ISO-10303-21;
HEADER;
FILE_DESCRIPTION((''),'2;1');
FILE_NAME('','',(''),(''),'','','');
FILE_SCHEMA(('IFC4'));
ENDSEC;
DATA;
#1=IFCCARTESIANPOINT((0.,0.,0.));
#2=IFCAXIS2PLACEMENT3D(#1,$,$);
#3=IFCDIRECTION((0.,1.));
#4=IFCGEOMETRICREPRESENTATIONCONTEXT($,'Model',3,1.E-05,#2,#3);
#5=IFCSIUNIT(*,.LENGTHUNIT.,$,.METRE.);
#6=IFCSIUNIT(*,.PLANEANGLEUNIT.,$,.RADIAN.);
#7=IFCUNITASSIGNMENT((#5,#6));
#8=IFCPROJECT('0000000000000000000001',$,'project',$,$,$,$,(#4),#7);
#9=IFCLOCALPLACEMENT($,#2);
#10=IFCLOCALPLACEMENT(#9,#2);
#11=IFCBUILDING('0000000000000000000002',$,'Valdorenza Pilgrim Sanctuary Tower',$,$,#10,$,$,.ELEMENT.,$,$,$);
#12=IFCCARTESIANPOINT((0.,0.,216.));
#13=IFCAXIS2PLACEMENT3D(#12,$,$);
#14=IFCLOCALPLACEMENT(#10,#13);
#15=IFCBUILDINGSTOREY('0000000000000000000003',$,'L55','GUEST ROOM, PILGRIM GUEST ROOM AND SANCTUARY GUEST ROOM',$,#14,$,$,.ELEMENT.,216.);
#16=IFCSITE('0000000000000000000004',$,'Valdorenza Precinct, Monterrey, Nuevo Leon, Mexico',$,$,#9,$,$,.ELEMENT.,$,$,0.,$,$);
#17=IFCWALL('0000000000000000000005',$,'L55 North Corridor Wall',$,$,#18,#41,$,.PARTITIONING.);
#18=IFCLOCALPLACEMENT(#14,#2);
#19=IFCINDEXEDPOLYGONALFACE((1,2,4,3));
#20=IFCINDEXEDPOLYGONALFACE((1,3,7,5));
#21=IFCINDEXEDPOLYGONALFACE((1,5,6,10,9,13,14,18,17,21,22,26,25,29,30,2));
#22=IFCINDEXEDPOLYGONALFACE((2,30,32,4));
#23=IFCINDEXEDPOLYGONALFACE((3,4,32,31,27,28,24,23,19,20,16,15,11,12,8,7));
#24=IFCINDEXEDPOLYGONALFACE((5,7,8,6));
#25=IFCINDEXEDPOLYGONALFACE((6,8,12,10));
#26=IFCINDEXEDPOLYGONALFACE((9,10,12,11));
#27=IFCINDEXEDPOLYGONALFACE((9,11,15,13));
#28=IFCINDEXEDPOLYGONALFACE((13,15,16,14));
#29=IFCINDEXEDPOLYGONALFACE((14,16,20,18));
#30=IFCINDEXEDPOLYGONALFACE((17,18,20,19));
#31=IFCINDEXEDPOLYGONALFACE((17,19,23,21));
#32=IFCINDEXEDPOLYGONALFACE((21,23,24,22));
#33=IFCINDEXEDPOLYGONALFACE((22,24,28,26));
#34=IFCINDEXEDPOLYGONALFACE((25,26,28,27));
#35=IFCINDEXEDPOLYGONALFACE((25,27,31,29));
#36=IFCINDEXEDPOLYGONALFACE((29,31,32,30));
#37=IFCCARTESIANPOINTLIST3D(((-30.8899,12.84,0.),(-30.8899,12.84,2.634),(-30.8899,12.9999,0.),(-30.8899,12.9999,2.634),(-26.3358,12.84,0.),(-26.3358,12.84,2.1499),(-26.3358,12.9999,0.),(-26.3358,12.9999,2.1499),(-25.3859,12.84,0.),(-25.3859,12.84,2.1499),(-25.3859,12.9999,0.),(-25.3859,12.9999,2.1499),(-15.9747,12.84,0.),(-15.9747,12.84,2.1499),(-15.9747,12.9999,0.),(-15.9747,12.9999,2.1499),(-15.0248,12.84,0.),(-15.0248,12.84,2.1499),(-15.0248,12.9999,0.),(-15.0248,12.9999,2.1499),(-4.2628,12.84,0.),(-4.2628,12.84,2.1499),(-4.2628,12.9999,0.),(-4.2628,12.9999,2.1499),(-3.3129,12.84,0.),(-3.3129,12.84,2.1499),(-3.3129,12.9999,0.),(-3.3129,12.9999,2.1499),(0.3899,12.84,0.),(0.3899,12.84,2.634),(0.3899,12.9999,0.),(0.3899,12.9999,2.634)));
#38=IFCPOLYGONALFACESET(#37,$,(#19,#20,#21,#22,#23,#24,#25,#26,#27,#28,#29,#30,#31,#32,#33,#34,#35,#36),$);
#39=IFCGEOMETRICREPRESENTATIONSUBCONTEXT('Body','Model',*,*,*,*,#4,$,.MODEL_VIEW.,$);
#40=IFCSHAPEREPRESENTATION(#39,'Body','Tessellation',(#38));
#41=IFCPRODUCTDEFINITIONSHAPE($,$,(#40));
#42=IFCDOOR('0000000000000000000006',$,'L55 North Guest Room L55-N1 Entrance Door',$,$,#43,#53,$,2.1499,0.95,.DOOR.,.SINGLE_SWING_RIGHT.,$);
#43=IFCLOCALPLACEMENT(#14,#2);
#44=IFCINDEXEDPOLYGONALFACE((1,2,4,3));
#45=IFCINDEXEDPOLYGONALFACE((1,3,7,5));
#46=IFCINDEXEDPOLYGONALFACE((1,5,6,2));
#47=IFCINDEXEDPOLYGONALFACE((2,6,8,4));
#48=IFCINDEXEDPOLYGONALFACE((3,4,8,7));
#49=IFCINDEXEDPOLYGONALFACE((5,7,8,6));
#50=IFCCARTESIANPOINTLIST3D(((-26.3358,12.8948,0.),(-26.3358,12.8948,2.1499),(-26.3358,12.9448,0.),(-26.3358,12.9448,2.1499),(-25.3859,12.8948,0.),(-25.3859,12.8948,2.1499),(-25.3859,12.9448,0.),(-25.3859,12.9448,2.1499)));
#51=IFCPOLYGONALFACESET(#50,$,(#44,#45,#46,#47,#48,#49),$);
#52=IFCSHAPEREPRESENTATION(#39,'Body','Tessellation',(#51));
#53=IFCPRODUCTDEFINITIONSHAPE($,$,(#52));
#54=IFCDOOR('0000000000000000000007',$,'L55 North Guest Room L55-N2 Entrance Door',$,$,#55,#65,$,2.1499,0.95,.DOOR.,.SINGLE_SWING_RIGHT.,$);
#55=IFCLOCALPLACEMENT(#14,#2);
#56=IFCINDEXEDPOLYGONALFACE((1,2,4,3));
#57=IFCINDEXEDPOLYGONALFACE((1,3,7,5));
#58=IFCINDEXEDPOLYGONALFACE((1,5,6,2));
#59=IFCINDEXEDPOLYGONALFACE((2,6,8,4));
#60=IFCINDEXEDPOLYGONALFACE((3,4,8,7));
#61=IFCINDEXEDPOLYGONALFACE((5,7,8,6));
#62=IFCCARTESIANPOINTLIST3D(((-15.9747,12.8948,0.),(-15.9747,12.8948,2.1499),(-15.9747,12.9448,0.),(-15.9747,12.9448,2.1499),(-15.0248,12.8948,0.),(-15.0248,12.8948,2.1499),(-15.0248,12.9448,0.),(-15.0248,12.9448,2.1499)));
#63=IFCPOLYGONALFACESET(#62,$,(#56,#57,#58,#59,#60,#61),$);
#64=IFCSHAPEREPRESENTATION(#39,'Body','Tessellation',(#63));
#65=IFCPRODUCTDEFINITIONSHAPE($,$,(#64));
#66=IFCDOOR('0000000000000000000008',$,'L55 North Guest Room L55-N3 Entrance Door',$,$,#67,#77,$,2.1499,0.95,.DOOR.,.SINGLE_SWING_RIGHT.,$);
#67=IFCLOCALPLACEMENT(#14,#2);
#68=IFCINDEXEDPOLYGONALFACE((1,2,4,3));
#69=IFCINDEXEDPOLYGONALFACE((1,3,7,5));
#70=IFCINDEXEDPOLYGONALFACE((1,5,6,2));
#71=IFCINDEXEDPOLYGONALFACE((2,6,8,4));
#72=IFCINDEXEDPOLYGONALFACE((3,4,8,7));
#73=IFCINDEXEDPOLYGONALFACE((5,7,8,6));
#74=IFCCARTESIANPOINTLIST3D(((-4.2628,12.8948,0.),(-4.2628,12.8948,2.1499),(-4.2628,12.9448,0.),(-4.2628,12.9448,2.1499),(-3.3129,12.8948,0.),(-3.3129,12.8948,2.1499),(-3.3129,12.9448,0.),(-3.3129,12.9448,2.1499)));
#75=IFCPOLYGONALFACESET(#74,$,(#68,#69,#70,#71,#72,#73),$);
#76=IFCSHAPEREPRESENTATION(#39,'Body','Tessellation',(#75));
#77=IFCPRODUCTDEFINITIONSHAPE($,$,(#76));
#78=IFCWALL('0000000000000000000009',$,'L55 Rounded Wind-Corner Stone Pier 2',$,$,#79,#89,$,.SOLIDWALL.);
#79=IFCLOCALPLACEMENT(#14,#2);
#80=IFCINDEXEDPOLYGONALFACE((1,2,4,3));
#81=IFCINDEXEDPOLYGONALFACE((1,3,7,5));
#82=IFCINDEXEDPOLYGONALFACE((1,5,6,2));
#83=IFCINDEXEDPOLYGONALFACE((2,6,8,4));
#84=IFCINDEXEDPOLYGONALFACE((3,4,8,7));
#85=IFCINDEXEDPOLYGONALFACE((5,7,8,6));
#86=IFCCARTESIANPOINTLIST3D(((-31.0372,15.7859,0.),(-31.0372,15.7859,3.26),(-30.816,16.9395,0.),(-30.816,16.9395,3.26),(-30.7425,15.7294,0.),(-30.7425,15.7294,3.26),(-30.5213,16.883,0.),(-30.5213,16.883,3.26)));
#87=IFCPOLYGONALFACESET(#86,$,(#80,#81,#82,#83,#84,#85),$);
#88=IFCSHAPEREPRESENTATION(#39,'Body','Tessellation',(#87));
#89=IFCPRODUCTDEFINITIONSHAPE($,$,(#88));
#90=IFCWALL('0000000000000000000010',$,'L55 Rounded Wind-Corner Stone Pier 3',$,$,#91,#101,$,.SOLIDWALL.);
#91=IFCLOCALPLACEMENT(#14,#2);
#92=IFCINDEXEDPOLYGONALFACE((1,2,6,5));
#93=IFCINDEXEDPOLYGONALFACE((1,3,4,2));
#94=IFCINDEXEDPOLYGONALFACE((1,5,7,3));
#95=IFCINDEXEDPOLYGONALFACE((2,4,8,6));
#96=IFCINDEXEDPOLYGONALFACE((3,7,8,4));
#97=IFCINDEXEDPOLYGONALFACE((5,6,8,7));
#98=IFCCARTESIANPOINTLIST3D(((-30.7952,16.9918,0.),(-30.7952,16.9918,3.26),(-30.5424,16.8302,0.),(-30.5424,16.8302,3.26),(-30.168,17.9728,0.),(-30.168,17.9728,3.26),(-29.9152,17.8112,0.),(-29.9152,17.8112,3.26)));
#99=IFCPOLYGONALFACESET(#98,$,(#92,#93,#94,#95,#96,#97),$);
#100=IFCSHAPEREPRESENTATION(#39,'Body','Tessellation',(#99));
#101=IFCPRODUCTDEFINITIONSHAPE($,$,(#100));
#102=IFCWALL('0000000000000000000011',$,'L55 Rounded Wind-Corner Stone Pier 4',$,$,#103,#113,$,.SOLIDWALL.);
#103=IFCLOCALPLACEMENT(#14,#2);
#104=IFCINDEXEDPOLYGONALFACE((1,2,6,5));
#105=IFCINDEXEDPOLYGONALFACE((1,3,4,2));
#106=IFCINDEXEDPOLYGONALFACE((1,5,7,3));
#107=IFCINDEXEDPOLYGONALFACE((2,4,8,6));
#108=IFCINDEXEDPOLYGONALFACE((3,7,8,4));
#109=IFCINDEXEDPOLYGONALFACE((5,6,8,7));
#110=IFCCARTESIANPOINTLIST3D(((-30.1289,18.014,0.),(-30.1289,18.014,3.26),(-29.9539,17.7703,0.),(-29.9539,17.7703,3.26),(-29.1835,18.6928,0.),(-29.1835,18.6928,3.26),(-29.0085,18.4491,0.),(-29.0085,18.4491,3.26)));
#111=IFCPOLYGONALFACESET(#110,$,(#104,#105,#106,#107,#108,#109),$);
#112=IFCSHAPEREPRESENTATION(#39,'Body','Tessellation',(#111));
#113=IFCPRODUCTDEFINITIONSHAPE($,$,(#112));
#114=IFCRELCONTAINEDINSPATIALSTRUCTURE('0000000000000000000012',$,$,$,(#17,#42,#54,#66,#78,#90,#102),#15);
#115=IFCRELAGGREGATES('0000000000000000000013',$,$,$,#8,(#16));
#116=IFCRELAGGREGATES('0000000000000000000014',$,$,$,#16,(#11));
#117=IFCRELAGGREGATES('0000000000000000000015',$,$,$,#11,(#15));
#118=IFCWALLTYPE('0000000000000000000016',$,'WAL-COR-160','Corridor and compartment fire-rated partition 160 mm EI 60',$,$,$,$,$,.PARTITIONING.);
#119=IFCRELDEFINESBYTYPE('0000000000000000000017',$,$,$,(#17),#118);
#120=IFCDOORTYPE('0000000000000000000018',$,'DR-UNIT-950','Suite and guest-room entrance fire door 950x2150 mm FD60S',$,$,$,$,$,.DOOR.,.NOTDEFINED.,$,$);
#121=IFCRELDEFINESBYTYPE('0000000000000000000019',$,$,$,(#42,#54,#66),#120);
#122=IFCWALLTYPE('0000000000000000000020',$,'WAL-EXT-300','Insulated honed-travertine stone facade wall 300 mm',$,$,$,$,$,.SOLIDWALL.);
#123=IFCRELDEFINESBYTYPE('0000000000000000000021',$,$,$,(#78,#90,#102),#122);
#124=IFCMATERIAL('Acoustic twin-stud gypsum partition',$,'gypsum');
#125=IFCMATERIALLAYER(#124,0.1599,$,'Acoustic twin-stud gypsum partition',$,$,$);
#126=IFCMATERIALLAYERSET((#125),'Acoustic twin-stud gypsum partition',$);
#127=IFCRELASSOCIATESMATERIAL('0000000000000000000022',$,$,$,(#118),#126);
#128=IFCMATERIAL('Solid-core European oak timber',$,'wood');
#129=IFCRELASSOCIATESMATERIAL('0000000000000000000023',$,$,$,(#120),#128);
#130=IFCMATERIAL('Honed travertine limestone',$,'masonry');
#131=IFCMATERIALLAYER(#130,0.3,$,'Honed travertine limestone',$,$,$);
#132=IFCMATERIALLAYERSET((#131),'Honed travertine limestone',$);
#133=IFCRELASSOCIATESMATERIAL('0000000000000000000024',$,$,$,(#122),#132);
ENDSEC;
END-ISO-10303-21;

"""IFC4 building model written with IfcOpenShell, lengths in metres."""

from ifc_helpers import new_model, si_unit, direction, frame, frame_2d, origin, place, context, subcontext, project, spatial, rectangle, extrude, material, layer, layer_set, type_object, element, fill, save


model = new_model("IFC4")

# Units and contexts
model_context = context("Model", 3, precision=1e-05, world=origin(), true_north=direction((0.0, 1.0)))
body_context = subcontext(model_context, "Body", "Model", "MODEL_VIEW")
ifc_project = project(units=[si_unit("LENGTHUNIT", "METRE"), si_unit("PLANEANGLEUNIT", "RADIAN")], contexts=[model_context])

# Site, building, storey
site_placement = place(None, origin())
site = spatial("IfcSite", under=ifc_project, at=site_placement, Name="Valdorenza Precinct, Monterrey, Nuevo Leon, Mexico", CompositionType="ELEMENT", RefElevation=0.0)
building_placement = place(site_placement, origin())
building = spatial("IfcBuilding", under=site, at=building_placement, Name="Valdorenza Pilgrim Sanctuary Tower", CompositionType="ELEMENT")
storey_placement = place(building_placement, frame((0.0, 0.0, 216.0)))
storey = spatial("IfcBuildingStorey", under=building, at=storey_placement, Name="L55", Description="GUEST ROOM, PILGRIM GUEST ROOM AND SANCTUARY GUEST ROOM", CompositionType="ELEMENT", Elevation=216.0)

# Shared definitions
ifc_material_1 = material(Name="Honed travertine limestone", Category="masonry")

# Wall, openings, doors
ifc_material_2 = material(Name="Acoustic twin-stud gypsum partition", Category="gypsum")
ifc_layer_1 = layer(ifc_material_2, 0.1599, Name="Acoustic twin-stud gypsum partition")
ifc_layer_set_1 = layer_set([ifc_layer_1], Name="Acoustic twin-stud gypsum partition")
wall_type_1 = type_object("IfcWallType", Name="WAL-COR-160", Description="Corridor and compartment fire-rated partition 160 mm EI 60", PredefinedType="PARTITIONING", material=ifc_layer_set_1)
wall_1_placement = place(storey_placement, frame((-30.8899, 12.9199, 0.0), z_axis=(0.0, 0.0, 1.0), x_axis=(1.0, 0.0, 0.0)))
wall_1 = element("IfcWall", 1, at=wall_1_placement, inside=storey, type_object=wall_type_1, Name="L55 North Corridor Wall", PredefinedType="PARTITIONING", context=body_context, shape_type="SweptSolid", body=[
    extrude(rectangle(XDim=31.2798, YDim=0.1599, at=frame_2d((15.6399, 0.0))), origin(), (0.0, 0.0, 1.0), 2.634),
])
opening_1_placement = place(wall_1_placement, frame((4.554, 0.0, 0.0)))
opening_1 = element("IfcOpeningElement", 2, at=opening_1_placement, cuts=wall_1, PredefinedType="OPENING", context=body_context, shape_type="SweptSolid", body=[
    extrude(rectangle(XDim=0.95, YDim=2.1499, at=frame_2d((0.4751, 1.075))), frame((0.0, 0.0947, 0.0), z_axis=(0.0, -1.0, 0.0), x_axis=(1.0, 0.0, 0.0)), (0.0, 0.0, 1.0), 0.1897),
])
opening_2_placement = place(wall_1_placement, frame((14.915, 0.0, 0.0)))
opening_2 = element("IfcOpeningElement", 3, at=opening_2_placement, cuts=wall_1, PredefinedType="OPENING", context=body_context, shape_type="SweptSolid", body=[
    extrude(rectangle(XDim=0.95, YDim=2.1499, at=frame_2d((0.4751, 1.075))), frame((0.0, 0.0947, 0.0), z_axis=(0.0, -1.0, 0.0), x_axis=(1.0, 0.0, 0.0)), (0.0, 0.0, 1.0), 0.1897),
])
opening_3_placement = place(wall_1_placement, frame((26.627, 0.0, 0.0)))
opening_3 = element("IfcOpeningElement", 4, at=opening_3_placement, cuts=wall_1, PredefinedType="OPENING", context=body_context, shape_type="SweptSolid", body=[
    extrude(rectangle(XDim=0.95, YDim=2.1499, at=frame_2d((0.4751, 1.075))), frame((0.0, 0.0947, 0.0), z_axis=(0.0, -1.0, 0.0), x_axis=(1.0, 0.0, 0.0)), (0.0, 0.0, 1.0), 0.1897),
])
ifc_material_3 = material(Name="Solid-core European oak timber", Category="wood")
door_type = type_object("IfcDoorType", Name="DR-UNIT-950", Description="Suite and guest-room entrance fire door 950x2150 mm FD60S", OperationType="NOTDEFINED", PredefinedType="DOOR", material=ifc_material_3)
door_1_placement = place(opening_1_placement, origin())
door_1 = element("IfcDoor", 5, at=door_1_placement, inside=storey, type_object=door_type, Name="L55 North Guest Room L55-N1 Entrance Door", OperationType="SINGLE_SWING_RIGHT", OverallHeight=2.1499, OverallWidth=0.95, PredefinedType="DOOR", context=body_context, shape_type="SweptSolid", body=[
    extrude(rectangle(XDim=0.95, YDim=2.1499, at=frame_2d((0.4751, 1.075))), frame((0.0, 0.0249, 0.0), z_axis=(0.0, -1.0, 0.0), x_axis=(1.0, 0.0, 0.0)), (0.0, 0.0, 1.0), 0.05),
])
fill(opening_1, door_1)
door_2_placement = place(opening_2_placement, origin())
door_2 = element("IfcDoor", 6, at=door_2_placement, inside=storey, type_object=door_type, Name="L55 North Guest Room L55-N2 Entrance Door", OperationType="SINGLE_SWING_RIGHT", OverallHeight=2.1499, OverallWidth=0.95, PredefinedType="DOOR", context=body_context, shape_type="SweptSolid", body=[
    extrude(rectangle(XDim=0.95, YDim=2.1499, at=frame_2d((0.4751, 1.075))), frame((0.0, 0.0249, 0.0), z_axis=(0.0, -1.0, 0.0), x_axis=(1.0, 0.0, 0.0)), (0.0, 0.0, 1.0), 0.05),
])
fill(opening_2, door_2)
door_3_placement = place(opening_3_placement, origin())
door_3 = element("IfcDoor", 7, at=door_3_placement, inside=storey, type_object=door_type, Name="L55 North Guest Room L55-N3 Entrance Door", OperationType="SINGLE_SWING_RIGHT", OverallHeight=2.1499, OverallWidth=0.95, PredefinedType="DOOR", context=body_context, shape_type="SweptSolid", body=[
    extrude(rectangle(XDim=0.95, YDim=2.1499, at=frame_2d((0.4751, 1.075))), frame((0.0, 0.0249, 0.0), z_axis=(0.0, -1.0, 0.0), x_axis=(1.0, 0.0, 0.0)), (0.0, 0.0, 1.0), 0.05),
])
fill(opening_3, door_3)

# Walls
ifc_layer_2 = layer(ifc_material_1, 0.3, Name="Honed travertine limestone")
ifc_layer_set_2 = layer_set([ifc_layer_2], Name="Honed travertine limestone")
wall_type_2 = type_object("IfcWallType", Name="WAL-EXT-300", Description="Insulated honed-travertine stone facade wall 300 mm", PredefinedType="SOLIDWALL", material=ifc_layer_set_2)
wall_2_placement = place(storey_placement, frame((-30.8899, 15.7576, 0.0), z_axis=(0.0, 0.0, 1.0), x_axis=(0.188315, 0.982109, 0.0)))
element("IfcWall", 8, at=wall_2_placement, inside=storey, type_object=wall_type_2, Name="L55 Rounded Wind-Corner Stone Pier 2", PredefinedType="SOLIDWALL", context=body_context, shape_type="SweptSolid", body=[
    extrude(rectangle(XDim=1.1746, YDim=0.3, at=frame_2d((0.5874, 0.0))), origin(), (0.0, 0.0, 1.0), 3.26),
])
wall_3_placement = place(storey_placement, frame((-30.6687, 16.9111, 0.0), z_axis=(0.0, 0.0, 1.0), x_axis=(0.538679, 0.842511, 0.0)))
element("IfcWall", 9, at=wall_3_placement, inside=storey, type_object=wall_type_2, Name="L55 Rounded Wind-Corner Stone Pier 3", PredefinedType="SOLIDWALL", context=body_context, shape_type="SweptSolid", body=[
    extrude(rectangle(XDim=1.1643, YDim=0.3, at=frame_2d((0.582, 0.0))), origin(), (0.0, 0.0, 1.0), 3.26),
])
wall_4_placement = place(storey_placement, frame((-30.0415, 17.8921, 0.0), z_axis=(0.0, 0.0, 1.0), x_axis=(0.812314, 0.583221, 0.0)))
element("IfcWall", 10, at=wall_4_placement, inside=storey, type_object=wall_type_2, Name="L55 Rounded Wind-Corner Stone Pier 4", PredefinedType="SOLIDWALL", context=body_context, shape_type="SweptSolid", body=[
    extrude(rectangle(XDim=1.1638, YDim=0.3, at=frame_2d((0.582, 0.0))), origin(), (0.0, 0.0, 1.0), 3.26),
])

save(model, "model.ifc")
